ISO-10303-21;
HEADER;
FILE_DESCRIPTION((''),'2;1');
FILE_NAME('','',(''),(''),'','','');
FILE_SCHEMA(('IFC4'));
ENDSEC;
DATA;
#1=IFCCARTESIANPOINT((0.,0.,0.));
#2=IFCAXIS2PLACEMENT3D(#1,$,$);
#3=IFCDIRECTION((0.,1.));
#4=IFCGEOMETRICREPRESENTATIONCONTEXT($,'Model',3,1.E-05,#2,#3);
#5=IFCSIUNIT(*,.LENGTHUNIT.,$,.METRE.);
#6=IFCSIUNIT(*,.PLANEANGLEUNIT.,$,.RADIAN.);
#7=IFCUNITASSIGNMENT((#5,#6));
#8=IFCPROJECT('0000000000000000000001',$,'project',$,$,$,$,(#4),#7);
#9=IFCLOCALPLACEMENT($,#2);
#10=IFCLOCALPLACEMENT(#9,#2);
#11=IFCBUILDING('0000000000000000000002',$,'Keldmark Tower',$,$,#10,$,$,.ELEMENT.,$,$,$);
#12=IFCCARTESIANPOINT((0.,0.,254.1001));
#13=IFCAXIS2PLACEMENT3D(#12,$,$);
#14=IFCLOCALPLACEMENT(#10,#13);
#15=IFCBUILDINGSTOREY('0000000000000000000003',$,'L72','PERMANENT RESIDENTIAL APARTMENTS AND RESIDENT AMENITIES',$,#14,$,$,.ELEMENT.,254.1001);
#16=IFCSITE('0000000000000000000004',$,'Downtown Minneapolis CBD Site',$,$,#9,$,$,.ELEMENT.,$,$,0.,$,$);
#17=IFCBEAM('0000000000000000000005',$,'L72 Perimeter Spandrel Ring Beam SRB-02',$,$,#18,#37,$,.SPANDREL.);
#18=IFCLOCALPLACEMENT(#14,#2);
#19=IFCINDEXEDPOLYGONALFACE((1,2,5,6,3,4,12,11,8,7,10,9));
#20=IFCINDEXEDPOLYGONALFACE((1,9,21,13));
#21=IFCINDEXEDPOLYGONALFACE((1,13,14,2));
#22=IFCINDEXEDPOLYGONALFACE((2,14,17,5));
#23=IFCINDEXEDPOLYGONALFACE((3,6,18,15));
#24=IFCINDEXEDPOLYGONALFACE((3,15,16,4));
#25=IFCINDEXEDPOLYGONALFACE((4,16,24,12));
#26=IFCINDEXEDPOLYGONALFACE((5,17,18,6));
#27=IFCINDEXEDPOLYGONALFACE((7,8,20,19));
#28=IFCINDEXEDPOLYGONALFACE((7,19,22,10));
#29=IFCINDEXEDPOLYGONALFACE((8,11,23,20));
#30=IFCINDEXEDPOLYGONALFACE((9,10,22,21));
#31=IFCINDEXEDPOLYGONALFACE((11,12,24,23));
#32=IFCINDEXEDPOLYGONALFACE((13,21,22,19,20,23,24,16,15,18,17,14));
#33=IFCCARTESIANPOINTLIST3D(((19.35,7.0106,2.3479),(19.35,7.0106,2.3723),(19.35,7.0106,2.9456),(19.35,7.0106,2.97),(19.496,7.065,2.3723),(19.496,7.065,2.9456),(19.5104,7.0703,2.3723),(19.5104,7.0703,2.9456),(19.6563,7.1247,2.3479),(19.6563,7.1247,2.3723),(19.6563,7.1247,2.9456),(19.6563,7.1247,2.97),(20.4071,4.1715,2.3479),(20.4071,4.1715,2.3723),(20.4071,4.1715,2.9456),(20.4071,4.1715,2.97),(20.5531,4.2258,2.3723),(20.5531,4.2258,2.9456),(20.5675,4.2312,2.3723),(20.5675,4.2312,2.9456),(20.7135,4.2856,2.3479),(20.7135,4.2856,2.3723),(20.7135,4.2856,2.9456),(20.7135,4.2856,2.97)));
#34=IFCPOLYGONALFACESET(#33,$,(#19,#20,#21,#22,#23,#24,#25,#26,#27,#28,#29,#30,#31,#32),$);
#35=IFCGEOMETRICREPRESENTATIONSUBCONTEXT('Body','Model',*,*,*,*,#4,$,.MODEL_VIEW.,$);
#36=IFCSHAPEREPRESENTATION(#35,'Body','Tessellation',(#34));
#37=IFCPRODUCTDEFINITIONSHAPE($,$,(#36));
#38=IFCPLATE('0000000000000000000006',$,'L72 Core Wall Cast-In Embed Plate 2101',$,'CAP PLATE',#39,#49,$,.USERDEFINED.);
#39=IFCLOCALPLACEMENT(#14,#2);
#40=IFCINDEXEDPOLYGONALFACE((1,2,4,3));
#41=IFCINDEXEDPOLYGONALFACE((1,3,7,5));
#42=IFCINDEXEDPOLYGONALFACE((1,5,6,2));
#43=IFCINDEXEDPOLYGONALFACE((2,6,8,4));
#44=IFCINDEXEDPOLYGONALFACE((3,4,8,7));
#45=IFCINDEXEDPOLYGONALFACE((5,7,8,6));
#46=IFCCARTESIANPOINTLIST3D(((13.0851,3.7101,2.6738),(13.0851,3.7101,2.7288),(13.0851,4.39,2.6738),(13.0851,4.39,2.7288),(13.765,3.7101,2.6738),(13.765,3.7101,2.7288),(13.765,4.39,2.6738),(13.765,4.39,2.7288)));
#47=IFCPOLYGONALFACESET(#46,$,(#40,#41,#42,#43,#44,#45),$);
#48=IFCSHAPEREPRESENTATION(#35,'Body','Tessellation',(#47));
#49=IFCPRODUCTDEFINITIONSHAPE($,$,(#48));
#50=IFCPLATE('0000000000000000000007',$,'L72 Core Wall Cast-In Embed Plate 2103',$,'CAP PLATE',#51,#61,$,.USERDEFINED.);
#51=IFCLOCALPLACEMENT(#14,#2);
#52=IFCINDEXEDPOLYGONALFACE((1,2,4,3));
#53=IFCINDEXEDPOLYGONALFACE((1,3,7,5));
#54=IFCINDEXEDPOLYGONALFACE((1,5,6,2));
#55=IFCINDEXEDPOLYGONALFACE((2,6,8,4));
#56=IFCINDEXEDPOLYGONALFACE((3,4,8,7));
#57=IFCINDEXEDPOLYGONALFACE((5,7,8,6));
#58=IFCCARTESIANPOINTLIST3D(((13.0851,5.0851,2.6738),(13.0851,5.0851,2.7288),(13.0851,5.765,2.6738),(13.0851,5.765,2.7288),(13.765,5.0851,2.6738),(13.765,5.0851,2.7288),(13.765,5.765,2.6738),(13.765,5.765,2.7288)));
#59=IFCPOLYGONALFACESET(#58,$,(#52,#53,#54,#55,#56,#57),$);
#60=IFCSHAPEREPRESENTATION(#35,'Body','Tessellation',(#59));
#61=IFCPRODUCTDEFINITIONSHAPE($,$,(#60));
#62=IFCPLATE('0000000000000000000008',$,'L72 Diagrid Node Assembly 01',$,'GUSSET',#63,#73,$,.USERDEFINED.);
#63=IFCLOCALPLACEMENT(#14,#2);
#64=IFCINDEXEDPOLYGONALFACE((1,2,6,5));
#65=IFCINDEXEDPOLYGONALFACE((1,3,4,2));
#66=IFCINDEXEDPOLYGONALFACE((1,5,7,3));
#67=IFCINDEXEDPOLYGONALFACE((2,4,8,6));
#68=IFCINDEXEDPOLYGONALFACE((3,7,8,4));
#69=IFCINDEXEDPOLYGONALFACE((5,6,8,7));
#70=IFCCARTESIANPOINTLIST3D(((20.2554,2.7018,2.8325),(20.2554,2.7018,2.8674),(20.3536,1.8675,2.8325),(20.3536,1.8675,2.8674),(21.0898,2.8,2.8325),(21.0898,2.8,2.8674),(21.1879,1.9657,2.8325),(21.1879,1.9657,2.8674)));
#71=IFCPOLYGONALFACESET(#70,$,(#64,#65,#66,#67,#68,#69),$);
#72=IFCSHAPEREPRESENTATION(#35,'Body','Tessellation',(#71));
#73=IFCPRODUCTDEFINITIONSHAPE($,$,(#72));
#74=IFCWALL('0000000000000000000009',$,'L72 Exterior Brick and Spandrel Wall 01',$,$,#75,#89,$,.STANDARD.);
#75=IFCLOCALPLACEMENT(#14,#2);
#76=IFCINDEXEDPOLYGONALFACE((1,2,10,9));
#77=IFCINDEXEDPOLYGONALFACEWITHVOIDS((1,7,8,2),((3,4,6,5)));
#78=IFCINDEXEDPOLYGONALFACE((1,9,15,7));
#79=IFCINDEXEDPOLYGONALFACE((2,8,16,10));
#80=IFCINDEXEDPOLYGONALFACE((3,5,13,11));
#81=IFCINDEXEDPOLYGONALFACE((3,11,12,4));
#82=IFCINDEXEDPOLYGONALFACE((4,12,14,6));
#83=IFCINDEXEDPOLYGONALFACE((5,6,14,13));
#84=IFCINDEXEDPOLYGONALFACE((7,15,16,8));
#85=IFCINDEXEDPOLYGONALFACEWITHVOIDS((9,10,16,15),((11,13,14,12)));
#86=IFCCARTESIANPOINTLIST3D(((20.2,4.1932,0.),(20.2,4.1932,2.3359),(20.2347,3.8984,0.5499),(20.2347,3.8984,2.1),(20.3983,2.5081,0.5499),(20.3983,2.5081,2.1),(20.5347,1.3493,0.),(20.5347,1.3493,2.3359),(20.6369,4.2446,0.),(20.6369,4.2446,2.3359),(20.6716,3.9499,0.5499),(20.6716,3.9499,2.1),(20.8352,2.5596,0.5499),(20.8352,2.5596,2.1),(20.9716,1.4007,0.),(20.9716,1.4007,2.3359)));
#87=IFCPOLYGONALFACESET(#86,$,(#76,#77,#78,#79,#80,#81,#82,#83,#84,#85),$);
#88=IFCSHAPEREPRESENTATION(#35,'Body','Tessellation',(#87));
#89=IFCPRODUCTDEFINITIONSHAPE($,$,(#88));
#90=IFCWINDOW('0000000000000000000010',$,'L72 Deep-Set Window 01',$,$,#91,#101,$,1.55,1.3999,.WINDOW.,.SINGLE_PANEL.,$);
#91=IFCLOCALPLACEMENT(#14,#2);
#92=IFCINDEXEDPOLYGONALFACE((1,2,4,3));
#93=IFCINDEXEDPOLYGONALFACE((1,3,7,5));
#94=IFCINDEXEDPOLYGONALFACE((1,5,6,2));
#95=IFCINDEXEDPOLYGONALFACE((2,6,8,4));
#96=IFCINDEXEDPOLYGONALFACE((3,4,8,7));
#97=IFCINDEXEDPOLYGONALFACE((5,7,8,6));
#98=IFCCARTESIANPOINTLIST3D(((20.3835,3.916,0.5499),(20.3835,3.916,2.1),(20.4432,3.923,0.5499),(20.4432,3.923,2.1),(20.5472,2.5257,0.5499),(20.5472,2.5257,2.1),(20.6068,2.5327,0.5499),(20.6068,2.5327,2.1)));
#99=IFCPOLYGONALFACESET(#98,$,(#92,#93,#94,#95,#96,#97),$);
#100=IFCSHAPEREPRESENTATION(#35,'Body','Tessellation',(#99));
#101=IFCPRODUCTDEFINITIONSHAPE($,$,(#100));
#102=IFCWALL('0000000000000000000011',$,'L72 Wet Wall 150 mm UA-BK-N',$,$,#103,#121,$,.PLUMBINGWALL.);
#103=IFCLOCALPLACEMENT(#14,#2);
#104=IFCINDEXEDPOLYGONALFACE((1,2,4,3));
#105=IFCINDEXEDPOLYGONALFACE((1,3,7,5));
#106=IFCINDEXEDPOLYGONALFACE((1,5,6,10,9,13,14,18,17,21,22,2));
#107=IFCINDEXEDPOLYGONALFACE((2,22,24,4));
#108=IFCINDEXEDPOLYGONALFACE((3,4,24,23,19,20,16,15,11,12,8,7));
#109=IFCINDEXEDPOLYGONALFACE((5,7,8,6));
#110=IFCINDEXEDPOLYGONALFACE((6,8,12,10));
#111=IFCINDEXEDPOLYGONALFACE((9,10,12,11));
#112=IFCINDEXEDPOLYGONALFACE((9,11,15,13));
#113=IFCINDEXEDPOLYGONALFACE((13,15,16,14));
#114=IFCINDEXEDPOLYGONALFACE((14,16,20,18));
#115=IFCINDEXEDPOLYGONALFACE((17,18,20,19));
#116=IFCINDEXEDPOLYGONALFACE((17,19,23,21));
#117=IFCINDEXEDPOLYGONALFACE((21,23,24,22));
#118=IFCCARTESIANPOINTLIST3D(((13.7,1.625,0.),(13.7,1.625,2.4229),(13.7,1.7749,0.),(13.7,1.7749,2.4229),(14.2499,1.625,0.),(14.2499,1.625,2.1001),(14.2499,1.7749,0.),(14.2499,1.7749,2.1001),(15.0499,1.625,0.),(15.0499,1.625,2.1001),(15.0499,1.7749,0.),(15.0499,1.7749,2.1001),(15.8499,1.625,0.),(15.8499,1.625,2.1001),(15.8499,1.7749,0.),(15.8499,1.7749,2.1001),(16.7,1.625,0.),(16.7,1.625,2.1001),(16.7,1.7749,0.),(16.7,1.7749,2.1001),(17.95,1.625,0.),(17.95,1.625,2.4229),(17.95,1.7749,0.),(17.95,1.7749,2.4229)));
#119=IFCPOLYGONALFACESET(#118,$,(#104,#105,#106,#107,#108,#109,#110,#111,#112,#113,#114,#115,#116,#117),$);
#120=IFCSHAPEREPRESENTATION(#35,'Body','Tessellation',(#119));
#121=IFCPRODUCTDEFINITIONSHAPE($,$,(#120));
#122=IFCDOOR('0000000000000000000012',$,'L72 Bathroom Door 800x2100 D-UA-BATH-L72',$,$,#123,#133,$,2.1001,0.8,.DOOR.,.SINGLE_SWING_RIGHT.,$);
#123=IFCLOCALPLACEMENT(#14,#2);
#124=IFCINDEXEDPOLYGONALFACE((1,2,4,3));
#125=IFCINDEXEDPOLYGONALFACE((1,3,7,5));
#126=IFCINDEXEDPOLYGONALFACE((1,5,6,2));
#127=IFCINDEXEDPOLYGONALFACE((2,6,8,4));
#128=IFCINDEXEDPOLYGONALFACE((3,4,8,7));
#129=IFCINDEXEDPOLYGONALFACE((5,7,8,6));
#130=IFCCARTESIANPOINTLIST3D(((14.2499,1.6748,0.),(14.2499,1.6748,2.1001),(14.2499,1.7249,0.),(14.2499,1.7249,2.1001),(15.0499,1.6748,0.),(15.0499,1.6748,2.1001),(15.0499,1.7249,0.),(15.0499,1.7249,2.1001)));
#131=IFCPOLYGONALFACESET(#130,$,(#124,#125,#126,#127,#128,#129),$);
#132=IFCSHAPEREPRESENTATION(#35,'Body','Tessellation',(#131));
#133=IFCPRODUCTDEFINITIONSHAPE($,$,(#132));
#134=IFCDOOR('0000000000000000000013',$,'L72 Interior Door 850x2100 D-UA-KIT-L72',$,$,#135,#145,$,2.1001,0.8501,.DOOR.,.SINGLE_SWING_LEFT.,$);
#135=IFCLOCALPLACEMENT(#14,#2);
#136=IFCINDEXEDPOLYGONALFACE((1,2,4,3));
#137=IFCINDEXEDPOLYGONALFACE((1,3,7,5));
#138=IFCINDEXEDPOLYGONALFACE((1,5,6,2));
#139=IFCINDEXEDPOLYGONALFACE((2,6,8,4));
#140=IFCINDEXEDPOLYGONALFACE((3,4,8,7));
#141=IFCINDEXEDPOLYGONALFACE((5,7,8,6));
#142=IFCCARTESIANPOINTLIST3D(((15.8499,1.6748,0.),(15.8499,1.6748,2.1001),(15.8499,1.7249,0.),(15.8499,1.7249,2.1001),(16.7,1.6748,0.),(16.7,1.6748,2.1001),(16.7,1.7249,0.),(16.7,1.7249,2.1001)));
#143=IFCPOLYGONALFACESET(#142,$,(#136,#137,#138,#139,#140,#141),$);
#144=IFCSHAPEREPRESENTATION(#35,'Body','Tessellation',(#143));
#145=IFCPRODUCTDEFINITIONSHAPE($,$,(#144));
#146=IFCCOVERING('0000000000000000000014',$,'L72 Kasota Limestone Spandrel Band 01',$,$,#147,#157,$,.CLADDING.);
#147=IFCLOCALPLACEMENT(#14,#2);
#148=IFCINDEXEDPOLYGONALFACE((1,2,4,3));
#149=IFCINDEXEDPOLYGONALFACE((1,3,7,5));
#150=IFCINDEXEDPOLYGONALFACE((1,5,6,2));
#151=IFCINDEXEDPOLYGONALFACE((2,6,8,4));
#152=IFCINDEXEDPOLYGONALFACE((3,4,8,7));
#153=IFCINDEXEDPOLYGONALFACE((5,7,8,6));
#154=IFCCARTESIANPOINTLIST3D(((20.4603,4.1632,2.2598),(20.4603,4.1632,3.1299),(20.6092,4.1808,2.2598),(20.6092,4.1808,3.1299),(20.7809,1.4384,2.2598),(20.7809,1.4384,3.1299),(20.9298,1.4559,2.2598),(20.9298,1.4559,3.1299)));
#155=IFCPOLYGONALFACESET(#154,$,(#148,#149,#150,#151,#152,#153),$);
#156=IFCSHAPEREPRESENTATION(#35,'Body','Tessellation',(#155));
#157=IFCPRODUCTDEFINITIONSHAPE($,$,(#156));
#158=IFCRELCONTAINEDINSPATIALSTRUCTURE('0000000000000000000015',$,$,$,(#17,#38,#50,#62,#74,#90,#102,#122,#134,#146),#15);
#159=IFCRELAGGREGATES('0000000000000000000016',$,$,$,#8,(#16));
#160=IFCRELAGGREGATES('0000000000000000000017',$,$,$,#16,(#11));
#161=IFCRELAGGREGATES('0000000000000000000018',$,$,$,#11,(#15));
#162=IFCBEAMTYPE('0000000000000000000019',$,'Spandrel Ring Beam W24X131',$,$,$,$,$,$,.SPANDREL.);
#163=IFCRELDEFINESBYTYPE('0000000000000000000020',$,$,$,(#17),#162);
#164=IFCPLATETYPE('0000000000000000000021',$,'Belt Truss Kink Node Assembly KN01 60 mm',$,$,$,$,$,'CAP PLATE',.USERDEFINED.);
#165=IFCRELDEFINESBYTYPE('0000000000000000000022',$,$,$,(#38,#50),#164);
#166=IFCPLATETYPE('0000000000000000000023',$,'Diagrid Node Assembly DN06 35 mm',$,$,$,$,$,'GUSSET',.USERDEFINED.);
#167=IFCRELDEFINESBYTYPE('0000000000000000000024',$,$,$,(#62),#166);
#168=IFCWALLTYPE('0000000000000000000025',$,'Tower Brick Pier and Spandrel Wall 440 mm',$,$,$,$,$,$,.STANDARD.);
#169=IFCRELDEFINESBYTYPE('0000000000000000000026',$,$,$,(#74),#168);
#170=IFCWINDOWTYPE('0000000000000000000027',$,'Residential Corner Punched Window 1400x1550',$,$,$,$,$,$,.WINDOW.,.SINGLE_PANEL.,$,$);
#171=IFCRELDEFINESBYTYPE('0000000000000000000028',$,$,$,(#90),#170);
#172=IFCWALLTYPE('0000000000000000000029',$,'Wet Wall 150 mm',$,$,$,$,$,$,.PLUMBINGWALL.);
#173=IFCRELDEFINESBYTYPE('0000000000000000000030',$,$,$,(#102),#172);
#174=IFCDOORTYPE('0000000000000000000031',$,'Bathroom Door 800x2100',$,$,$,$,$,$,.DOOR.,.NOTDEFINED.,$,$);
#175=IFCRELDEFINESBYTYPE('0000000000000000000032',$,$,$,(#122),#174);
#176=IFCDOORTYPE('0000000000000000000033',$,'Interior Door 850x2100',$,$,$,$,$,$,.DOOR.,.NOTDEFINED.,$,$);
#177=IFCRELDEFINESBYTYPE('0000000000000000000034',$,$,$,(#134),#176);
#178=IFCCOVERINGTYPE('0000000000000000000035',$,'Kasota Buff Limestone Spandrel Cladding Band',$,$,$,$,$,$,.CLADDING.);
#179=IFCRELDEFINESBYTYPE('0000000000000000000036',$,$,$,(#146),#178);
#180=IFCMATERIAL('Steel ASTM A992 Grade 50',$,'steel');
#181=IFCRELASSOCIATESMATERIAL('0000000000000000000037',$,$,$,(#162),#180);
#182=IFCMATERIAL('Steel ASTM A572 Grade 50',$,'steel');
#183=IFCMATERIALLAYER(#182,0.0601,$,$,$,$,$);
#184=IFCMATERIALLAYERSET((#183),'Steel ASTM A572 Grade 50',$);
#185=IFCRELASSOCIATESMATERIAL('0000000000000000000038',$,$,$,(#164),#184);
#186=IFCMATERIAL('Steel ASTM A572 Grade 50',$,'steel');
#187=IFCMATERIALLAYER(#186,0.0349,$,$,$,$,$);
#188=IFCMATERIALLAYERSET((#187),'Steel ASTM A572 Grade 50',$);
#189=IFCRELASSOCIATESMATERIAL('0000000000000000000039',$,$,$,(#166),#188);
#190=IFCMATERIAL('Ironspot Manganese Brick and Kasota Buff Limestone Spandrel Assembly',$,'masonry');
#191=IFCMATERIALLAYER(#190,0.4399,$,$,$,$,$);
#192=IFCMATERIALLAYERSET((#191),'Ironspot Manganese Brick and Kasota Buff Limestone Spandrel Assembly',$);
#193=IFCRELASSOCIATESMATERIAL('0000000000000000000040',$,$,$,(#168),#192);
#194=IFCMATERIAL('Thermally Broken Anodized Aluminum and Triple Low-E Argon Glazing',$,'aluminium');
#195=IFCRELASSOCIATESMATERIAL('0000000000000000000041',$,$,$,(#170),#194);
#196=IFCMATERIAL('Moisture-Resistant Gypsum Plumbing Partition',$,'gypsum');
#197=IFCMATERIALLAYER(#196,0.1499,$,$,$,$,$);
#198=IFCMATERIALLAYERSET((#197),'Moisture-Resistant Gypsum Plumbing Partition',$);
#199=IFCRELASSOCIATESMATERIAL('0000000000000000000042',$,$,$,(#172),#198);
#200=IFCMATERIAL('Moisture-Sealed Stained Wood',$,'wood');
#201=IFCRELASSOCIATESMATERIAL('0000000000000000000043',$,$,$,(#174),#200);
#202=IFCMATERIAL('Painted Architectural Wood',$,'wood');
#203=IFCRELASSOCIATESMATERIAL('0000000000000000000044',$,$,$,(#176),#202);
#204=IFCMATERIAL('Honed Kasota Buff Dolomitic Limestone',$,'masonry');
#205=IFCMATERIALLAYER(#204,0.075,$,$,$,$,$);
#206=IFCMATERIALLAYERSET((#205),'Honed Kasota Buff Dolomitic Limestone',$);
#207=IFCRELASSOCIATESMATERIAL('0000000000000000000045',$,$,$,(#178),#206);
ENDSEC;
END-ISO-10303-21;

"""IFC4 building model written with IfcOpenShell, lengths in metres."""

from ifc_helpers import new_model, si_unit, direction, frame, frame_2d, origin, origin_2d, place, context, subcontext, project, spatial, rectangle, i_section, extrude, material, layer, layer_set, material_profile, profile_set, type_object, element, fill, save


model = new_model("IFC4")

# Units and contexts
model_context = context("Model", 3, precision=1e-05, world=origin(), true_north=direction((0.0, 1.0)))
body_context = subcontext(model_context, "Body", "Model", "MODEL_VIEW")
ifc_project = project(units=[si_unit("LENGTHUNIT", "METRE"), si_unit("PLANEANGLEUNIT", "RADIAN")], contexts=[model_context])

# Site, building, storey
site_placement = place(None, origin())
site = spatial("IfcSite", under=ifc_project, at=site_placement, Name="Downtown Minneapolis CBD Site", CompositionType="ELEMENT", RefElevation=0.0)
building_placement = place(site_placement, origin())
building = spatial("IfcBuilding", under=site, at=building_placement, Name="Keldmark Tower", CompositionType="ELEMENT")
storey_placement = place(building_placement, frame((0.0, 0.0, 254.1001)))
storey = spatial("IfcBuildingStorey", under=building, at=storey_placement, Name="L72", Description="PERMANENT RESIDENTIAL APARTMENTS AND RESIDENT AMENITIES", CompositionType="ELEMENT", Elevation=254.1001)

# Beam
ifc_material_1 = material(Name="Steel ASTM A992 Grade 50", Category="steel")
ifc_material_profile_1 = material_profile(ifc_material_1, i_section(OverallWidth=0.3269, OverallDepth=0.6221, WebThickness=0.0154, FlangeThickness=0.0244, at=origin_2d()), Name="W24X131")
ifc_profile_set_1 = profile_set([ifc_material_profile_1], Name="Steel ASTM A992 Grade 50")
beam_type_1 = type_object("IfcBeamType", Name="Spandrel Ring Beam W24X131", PredefinedType="SPANDREL", material=ifc_profile_set_1)
beam_1_placement = place(storey_placement, frame((20.5603, 4.2285, 2.6589), z_axis=(-0.348941, 0.937145, 0.0), x_axis=(-0.937145, -0.348941, 0.0)))
element("IfcBeam", 1, at=beam_1_placement, inside=storey, type_object=beam_type_1, Name="L72 Perimeter Spandrel Ring Beam SRB-02", PredefinedType="SPANDREL", context=body_context, shape_type="SweptSolid", body=[
    extrude(i_section(OverallWidth=0.3269, OverallDepth=0.6221, WebThickness=0.0154, FlangeThickness=0.0244, at=origin_2d()), origin(), (0.0, 0.0, 1.0), 3.0295),
])

# Plates
ifc_material_2 = material(Name="Steel ASTM A572 Grade 50", Category="steel")
ifc_layer_1 = layer(ifc_material_2, 0.0601)
ifc_layer_set_1 = layer_set([ifc_layer_1], Name="Steel ASTM A572 Grade 50")
plate_type_1 = type_object("IfcPlateType", Name="Belt Truss Kink Node Assembly KN01 60 mm", ElementType="CAP PLATE", PredefinedType="USERDEFINED", material=ifc_layer_set_1)
for number, where, z_axis, x_axis, name in (
    (2, (13.425, 4.05, 2.6738), (0.0, 0.0, 1.0), (1.0, 0.0, 0.0), "L72 Core Wall Cast-In Embed Plate 2101"),
    (3, (13.425, 5.425, 2.6738), (0.0, 0.0, 1.0), (1.0, 0.0, 0.0), "L72 Core Wall Cast-In Embed Plate 2103"),
):
    element("IfcPlate", number, at=place(storey_placement, frame(where, z_axis=z_axis, x_axis=x_axis)), inside=storey, type_object=plate_type_1, Name=name, ObjectType="CAP PLATE", PredefinedType="USERDEFINED", context=body_context, shape_type="SweptSolid", body=[
        extrude(rectangle(XDim=0.6799, YDim=0.6799, at=origin_2d()), origin(), (0.0, 0.0, 1.0), 0.0549),
    ])
ifc_material_3 = material(Name="Steel ASTM A572 Grade 50", Category="steel")
ifc_layer_2 = layer(ifc_material_3, 0.0349)
ifc_layer_set_2 = layer_set([ifc_layer_2], Name="Steel ASTM A572 Grade 50")
plate_type_2 = type_object("IfcPlateType", Name="Diagrid Node Assembly DN06 35 mm", ElementType="GUSSET", PredefinedType="USERDEFINED", material=ifc_layer_set_2)
plate_placement = place(storey_placement, frame((20.7217, 2.3337, 2.8325), z_axis=(0.0, 0.0, 1.0), x_axis=(-0.116844, 0.99315, 0.0)))
element("IfcPlate", 4, at=plate_placement, inside=storey, type_object=plate_type_2, Name="L72 Diagrid Node Assembly 01", ObjectType="GUSSET", PredefinedType="USERDEFINED", context=body_context, shape_type="SweptSolid", body=[
    extrude(rectangle(XDim=0.8401, YDim=0.8401, at=origin_2d()), origin(), (0.0, 0.0, 1.0), 0.0349),
])

# Wall, opening, window
ifc_material_4 = material(Name="Ironspot Manganese Brick and Kasota Buff Limestone Spandrel Assembly", Category="masonry")
ifc_layer_3 = layer(ifc_material_4, 0.4399)
ifc_layer_set_3 = layer_set([ifc_layer_3], Name="Ironspot Manganese Brick and Kasota Buff Limestone Spandrel Assembly")
wall_type_1 = type_object("IfcWallType", Name="Tower Brick Pier and Spandrel Wall 440 mm", PredefinedType="STANDARD", material=ifc_layer_set_3)
wall_1_placement = place(storey_placement, frame((20.4185, 4.2188, 0.0), z_axis=(0.0, 0.0, 1.0), x_axis=(0.116886, -0.993145, 0.0)))
wall_1 = element("IfcWall", 5, at=wall_1_placement, inside=storey, type_object=wall_type_1, Name="L72 Exterior Brick and Spandrel Wall 01", PredefinedType="STANDARD", context=body_context, shape_type="SweptSolid", body=[
    extrude(rectangle(XDim=2.8635, YDim=0.4399, at=frame_2d((1.4316, 0.0))), origin(), (0.0, 0.0, 1.0), 2.3359),
])
opening_1_placement = place(wall_1_placement, frame((0.2966, 0.0, 0.55)))
opening_1 = element("IfcOpeningElement", 6, at=opening_1_placement, cuts=wall_1, PredefinedType="OPENING", context=body_context, shape_type="SweptSolid", body=[
    extrude(rectangle(XDim=1.3999, YDim=1.55, at=frame_2d((0.7, 0.7749))), frame((0.0, 0.23, 0.0), z_axis=(0.0, -1.0, 0.0), x_axis=(1.0, 0.0, 0.0)), (0.0, 0.0, 1.0), 0.46),
])
ifc_material_5 = material(Name="Thermally Broken Anodized Aluminum and Triple Low-E Argon Glazing", Category="aluminium")
window_type = type_object("IfcWindowType", Name="Residential Corner Punched Window 1400x1550", PartitioningType="SINGLE_PANEL", PredefinedType="WINDOW", material=ifc_material_5)
window_placement = place(opening_1_placement, origin())
window = element("IfcWindow", 7, at=window_placement, inside=storey, type_object=window_type, Name="L72 Deep-Set Window 01", OverallHeight=1.55, OverallWidth=1.3999, PartitioningType="SINGLE_PANEL", PredefinedType="WINDOW", context=body_context, shape_type="SweptSolid", body=[
    extrude(rectangle(XDim=1.3999, YDim=1.55, at=frame_2d((0.7, 0.7749))), frame((0.0, -0.01, 0.0), z_axis=(0.0, -1.0, 0.0), x_axis=(1.0, 0.0, 0.0)), (0.0, 0.0, 1.0), 0.0601),
])
fill(opening_1, window)

# Wall, openings, doors
ifc_material_6 = material(Name="Moisture-Resistant Gypsum Plumbing Partition", Category="gypsum")
ifc_layer_4 = layer(ifc_material_6, 0.1499)
ifc_layer_set_4 = layer_set([ifc_layer_4], Name="Moisture-Resistant Gypsum Plumbing Partition")
wall_type_2 = type_object("IfcWallType", Name="Wet Wall 150 mm", PredefinedType="PLUMBINGWALL", material=ifc_layer_set_4)
wall_2_placement = place(storey_placement, frame((13.7, 1.7, 0.0), z_axis=(0.0, 0.0, 1.0), x_axis=(1.0, 0.0, 0.0)))
wall_2 = element("IfcWall", 8, at=wall_2_placement, inside=storey, type_object=wall_type_2, Name="L72 Wet Wall 150 mm UA-BK-N", PredefinedType="PLUMBINGWALL", context=body_context, shape_type="SweptSolid", body=[
    extrude(rectangle(XDim=4.25, YDim=0.1499, at=frame_2d((2.125, 0.0))), origin(), (0.0, 0.0, 1.0), 2.4229),
])
opening_2_placement = place(wall_2_placement, frame((0.55, 0.0, 0.0)))
opening_2 = element("IfcOpeningElement", 9, at=opening_2_placement, cuts=wall_2, PredefinedType="OPENING", context=body_context, shape_type="SweptSolid", body=[
    extrude(rectangle(XDim=0.8, YDim=2.1001, at=frame_2d((0.3999, 1.05))), frame((0.0, 0.085, 0.0), z_axis=(0.0, -1.0, 0.0), x_axis=(1.0, 0.0, 0.0)), (0.0, 0.0, 1.0), 0.1699),
])
opening_3_placement = place(wall_2_placement, frame((2.1499, 0.0, 0.0)))
opening_3 = element("IfcOpeningElement", 10, at=opening_3_placement, cuts=wall_2, PredefinedType="OPENING", context=body_context, shape_type="SweptSolid", body=[
    extrude(rectangle(XDim=0.8501, YDim=2.1001, at=frame_2d((0.425, 1.05))), frame((0.0, 0.085, 0.0), z_axis=(0.0, -1.0, 0.0), x_axis=(1.0, 0.0, 0.0)), (0.0, 0.0, 1.0), 0.1699),
])
ifc_material_7 = material(Name="Moisture-Sealed Stained Wood", Category="wood")
door_type_1 = type_object("IfcDoorType", Name="Bathroom Door 800x2100", OperationType="NOTDEFINED", PredefinedType="DOOR", material=ifc_material_7)
door_1_placement = place(opening_2_placement, origin())
door_1 = element("IfcDoor", 11, at=door_1_placement, inside=storey, type_object=door_type_1, Name="L72 Bathroom Door 800x2100 D-UA-BATH-L72", OperationType="SINGLE_SWING_RIGHT", OverallHeight=2.1001, OverallWidth=0.8, PredefinedType="DOOR", context=body_context, shape_type="SweptSolid", body=[
    extrude(rectangle(XDim=0.8, YDim=2.1001, at=frame_2d((0.3999, 1.05))), frame((0.0, 0.0249, 0.0), z_axis=(0.0, -1.0, 0.0), x_axis=(1.0, 0.0, 0.0)), (0.0, 0.0, 1.0), 0.05),
])
fill(opening_2, door_1)
ifc_material_8 = material(Name="Painted Architectural Wood", Category="wood")
door_type_2 = type_object("IfcDoorType", Name="Interior Door 850x2100", OperationType="NOTDEFINED", PredefinedType="DOOR", material=ifc_material_8)
door_2_placement = place(opening_3_placement, origin())
door_2 = element("IfcDoor", 12, at=door_2_placement, inside=storey, type_object=door_type_2, Name="L72 Interior Door 850x2100 D-UA-KIT-L72", OperationType="SINGLE_SWING_LEFT", OverallHeight=2.1001, OverallWidth=0.8501, PredefinedType="DOOR", context=body_context, shape_type="SweptSolid", body=[
    extrude(rectangle(XDim=0.8501, YDim=2.1001, at=frame_2d((0.425, 1.05))), frame((0.0, 0.0249, 0.0), z_axis=(0.0, -1.0, 0.0), x_axis=(1.0, 0.0, 0.0)), (0.0, 0.0, 1.0), 0.05),
])
fill(opening_3, door_2)

# Covering
ifc_material_9 = material(Name="Honed Kasota Buff Dolomitic Limestone", Category="masonry")
ifc_layer_5 = layer(ifc_material_9, 0.075)
ifc_layer_set_5 = layer_set([ifc_layer_5], Name="Honed Kasota Buff Dolomitic Limestone")
covering_type = type_object("IfcCoveringType", Name="Kasota Buff Limestone Spandrel Cladding Band", PredefinedType="CLADDING", material=ifc_layer_set_5)
covering_placement = place(storey_placement, frame((20.6951, 2.8096, 2.2598), z_axis=(0.0, 0.0, 1.0), x_axis=(-0.116844, 0.99315, 0.0)))
element("IfcCovering", 13, at=covering_placement, inside=storey, type_object=covering_type, Name="L72 Kasota Limestone Spandrel Band 01", PredefinedType="CLADDING", context=body_context, shape_type="SweptSolid", body=[
    extrude(rectangle(XDim=2.7437, YDim=0.1499, at=origin_2d()), origin(), (0.0, 0.0, 1.0), 0.8701),
])

save(model, "model.ifc")
